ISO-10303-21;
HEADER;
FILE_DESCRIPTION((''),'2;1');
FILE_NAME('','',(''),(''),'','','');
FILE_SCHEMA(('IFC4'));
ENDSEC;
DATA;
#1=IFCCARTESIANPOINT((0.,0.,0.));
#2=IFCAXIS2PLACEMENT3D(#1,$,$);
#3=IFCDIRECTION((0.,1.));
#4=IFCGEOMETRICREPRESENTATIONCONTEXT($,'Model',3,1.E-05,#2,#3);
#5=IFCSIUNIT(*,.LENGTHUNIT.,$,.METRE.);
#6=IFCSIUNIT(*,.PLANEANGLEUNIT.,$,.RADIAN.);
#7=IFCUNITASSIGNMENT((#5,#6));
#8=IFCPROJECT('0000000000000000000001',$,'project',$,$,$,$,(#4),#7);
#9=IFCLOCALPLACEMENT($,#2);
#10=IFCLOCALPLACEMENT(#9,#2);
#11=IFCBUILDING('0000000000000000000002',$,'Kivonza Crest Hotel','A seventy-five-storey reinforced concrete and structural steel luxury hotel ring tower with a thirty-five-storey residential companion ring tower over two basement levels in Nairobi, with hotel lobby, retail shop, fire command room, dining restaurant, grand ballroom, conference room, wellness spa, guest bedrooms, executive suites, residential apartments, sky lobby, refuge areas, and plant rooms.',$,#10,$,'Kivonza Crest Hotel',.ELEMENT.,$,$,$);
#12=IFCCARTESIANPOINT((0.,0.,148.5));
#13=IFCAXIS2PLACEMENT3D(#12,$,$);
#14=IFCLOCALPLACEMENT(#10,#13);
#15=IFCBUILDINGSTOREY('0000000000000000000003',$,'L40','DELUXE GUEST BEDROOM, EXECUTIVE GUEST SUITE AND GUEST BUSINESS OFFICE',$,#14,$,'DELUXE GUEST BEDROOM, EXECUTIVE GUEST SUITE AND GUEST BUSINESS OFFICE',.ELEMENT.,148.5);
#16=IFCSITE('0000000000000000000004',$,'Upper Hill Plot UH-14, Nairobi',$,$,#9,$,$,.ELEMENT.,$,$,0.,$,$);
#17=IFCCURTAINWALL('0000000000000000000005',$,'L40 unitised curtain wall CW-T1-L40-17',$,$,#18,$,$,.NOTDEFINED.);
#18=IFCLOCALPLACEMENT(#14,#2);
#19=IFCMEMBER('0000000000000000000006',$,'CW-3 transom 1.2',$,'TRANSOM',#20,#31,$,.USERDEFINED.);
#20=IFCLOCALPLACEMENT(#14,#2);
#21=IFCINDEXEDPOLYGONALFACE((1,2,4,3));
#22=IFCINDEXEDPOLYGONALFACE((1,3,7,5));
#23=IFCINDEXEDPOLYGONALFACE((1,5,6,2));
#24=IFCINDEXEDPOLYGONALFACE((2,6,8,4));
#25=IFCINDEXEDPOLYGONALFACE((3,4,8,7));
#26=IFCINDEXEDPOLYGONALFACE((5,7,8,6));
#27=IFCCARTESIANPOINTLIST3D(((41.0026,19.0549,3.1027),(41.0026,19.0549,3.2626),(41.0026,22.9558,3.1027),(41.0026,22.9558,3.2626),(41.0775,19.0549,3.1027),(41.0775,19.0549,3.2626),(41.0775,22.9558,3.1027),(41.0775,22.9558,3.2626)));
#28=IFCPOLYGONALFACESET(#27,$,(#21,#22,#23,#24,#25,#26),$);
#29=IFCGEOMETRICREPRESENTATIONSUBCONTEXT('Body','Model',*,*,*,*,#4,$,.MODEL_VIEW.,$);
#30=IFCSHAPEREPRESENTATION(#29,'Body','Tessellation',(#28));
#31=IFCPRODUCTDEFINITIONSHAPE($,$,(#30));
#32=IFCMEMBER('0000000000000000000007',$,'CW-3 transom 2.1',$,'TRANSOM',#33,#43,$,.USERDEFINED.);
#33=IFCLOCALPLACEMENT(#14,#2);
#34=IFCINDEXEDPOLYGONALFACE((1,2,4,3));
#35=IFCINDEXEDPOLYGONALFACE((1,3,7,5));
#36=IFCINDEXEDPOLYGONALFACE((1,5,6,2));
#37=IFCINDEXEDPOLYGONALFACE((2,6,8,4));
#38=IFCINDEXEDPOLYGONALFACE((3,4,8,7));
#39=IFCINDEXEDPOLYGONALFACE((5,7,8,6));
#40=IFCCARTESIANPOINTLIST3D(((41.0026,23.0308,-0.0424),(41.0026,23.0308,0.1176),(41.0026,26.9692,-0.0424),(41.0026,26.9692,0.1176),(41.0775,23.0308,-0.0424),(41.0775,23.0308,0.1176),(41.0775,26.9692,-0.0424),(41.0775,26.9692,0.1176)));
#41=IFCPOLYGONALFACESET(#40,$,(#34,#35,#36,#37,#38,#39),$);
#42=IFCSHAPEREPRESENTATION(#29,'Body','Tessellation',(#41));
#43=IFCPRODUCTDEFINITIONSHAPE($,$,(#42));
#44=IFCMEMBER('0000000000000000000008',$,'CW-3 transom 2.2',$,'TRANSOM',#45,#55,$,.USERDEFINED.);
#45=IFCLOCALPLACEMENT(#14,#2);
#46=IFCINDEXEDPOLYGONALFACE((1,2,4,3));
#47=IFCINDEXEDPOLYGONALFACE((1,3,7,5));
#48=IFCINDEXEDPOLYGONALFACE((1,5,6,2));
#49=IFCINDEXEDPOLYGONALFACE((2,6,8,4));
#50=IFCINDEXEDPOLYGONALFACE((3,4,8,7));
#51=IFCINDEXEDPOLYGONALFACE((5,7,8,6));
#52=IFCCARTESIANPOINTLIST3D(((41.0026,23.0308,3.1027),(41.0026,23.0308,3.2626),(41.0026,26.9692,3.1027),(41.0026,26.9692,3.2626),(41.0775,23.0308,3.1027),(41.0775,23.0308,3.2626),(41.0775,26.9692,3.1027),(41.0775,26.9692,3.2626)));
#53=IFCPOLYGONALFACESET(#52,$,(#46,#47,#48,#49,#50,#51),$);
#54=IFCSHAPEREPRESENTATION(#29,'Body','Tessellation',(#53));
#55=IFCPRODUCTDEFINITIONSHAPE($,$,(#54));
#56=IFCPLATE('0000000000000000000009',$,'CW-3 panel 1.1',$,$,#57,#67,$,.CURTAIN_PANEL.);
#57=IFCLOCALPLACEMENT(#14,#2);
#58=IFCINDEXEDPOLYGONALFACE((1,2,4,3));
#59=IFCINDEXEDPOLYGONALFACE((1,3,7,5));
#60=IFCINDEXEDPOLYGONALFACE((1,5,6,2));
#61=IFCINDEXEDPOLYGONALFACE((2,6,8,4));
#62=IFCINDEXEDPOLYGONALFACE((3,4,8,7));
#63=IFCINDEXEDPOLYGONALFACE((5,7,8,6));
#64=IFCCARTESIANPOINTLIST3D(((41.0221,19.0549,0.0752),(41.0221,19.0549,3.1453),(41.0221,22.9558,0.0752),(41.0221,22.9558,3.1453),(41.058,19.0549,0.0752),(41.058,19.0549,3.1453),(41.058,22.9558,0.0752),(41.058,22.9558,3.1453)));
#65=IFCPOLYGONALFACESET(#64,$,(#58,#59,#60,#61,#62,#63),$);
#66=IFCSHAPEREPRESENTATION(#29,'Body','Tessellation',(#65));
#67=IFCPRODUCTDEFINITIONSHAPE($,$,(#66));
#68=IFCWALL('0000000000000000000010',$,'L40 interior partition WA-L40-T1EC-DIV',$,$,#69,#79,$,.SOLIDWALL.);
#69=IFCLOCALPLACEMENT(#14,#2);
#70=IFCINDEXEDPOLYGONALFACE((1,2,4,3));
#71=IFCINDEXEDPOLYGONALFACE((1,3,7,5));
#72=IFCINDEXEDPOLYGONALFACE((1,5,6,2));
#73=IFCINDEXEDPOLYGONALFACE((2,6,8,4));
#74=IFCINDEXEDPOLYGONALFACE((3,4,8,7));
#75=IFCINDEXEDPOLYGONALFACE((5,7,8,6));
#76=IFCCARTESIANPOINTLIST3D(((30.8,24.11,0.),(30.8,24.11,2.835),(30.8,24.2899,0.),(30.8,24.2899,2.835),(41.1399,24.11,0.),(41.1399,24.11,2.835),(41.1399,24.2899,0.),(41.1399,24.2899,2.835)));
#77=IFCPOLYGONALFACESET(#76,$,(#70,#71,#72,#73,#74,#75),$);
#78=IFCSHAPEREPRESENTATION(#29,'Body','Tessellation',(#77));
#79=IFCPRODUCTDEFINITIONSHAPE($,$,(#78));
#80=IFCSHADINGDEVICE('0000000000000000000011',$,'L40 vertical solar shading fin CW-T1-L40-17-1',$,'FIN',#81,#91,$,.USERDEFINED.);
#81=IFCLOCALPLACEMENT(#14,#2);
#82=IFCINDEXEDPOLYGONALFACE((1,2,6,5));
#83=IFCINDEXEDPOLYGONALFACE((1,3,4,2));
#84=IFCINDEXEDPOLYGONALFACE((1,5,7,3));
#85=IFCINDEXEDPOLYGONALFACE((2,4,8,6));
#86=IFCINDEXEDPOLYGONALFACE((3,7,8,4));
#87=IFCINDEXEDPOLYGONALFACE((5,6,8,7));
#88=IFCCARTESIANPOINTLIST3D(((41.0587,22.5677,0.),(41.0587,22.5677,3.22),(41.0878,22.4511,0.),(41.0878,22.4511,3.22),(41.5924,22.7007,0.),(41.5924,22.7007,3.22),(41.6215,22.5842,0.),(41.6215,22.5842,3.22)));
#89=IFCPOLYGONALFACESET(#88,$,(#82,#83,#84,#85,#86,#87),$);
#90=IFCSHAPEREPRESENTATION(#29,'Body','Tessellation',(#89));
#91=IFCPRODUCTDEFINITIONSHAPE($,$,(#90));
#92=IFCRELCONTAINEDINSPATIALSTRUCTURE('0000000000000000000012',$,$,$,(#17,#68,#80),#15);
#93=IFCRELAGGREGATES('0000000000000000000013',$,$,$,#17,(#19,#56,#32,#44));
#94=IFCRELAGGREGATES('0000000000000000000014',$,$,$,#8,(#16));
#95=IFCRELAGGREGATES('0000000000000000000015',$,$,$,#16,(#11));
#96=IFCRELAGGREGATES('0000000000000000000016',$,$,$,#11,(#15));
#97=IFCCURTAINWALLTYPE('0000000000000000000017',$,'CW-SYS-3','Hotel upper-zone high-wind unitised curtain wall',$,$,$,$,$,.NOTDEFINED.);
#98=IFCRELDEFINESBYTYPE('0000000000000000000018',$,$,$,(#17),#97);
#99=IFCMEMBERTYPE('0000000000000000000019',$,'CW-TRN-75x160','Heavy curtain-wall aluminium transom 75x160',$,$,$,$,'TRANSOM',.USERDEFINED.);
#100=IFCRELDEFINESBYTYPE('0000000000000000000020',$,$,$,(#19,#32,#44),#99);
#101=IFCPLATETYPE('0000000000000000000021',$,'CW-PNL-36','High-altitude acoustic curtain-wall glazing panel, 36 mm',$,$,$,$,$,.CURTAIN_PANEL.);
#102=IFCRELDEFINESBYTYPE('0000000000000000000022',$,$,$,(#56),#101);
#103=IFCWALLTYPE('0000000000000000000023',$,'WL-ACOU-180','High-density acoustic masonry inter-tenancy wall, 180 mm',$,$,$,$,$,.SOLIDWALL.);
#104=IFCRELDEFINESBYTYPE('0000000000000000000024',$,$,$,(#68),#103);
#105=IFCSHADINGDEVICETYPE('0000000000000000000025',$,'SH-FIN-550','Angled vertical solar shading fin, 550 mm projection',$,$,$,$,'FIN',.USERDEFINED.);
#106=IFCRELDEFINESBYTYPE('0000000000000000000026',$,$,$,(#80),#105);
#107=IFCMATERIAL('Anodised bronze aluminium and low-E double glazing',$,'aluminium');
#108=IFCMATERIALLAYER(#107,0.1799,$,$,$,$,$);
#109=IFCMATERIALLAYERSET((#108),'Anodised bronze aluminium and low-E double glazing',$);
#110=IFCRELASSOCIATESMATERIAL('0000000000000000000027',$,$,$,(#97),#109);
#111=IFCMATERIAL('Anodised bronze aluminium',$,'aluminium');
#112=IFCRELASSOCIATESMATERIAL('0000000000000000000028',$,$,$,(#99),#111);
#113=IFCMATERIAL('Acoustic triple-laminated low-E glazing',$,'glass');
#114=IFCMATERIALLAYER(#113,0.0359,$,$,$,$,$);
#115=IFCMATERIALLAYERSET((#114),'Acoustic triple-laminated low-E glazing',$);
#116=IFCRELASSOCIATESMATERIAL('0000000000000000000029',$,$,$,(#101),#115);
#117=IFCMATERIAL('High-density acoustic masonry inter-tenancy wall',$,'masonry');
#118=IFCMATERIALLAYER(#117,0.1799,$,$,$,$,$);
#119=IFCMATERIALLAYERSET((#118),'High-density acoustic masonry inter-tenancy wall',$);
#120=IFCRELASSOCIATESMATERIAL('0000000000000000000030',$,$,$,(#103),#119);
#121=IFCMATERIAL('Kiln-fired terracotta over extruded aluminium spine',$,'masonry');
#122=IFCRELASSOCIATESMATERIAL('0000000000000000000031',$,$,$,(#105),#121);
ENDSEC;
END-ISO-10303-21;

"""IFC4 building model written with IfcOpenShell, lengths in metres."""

from ifc_helpers import new_model, si_unit, direction, frame, frame_2d, origin, origin_2d, place, context, subcontext, project, spatial, rectangle, extrude, material, layer, layer_set, material_profile, profile_set, type_object, element, aggregate, save


model = new_model("IFC4")

# Units and contexts
model_context = context("Model", 3, precision=1e-05, world=origin(), true_north=direction((0.0, 1.0)))
body_context = subcontext(model_context, "Body", "Model", "MODEL_VIEW")
ifc_project = project(units=[si_unit("LENGTHUNIT", "METRE"), si_unit("PLANEANGLEUNIT", "RADIAN")], contexts=[model_context])

# Site, building, storey
site_placement = place(None, origin())
site = spatial("IfcSite", under=ifc_project, at=site_placement, Name="Upper Hill Plot UH-14, Nairobi", CompositionType="ELEMENT", RefElevation=0.0)
building_placement = place(site_placement, origin())
building = spatial("IfcBuilding", under=site, at=building_placement, Name="Kivonza Crest Hotel", Description="A seventy-five-storey reinforced concrete and structural steel luxury hotel ring tower with a thirty-five-storey residential companion ring tower over two basement levels in Nairobi, with hotel lobby, retail shop, fire command room, dining restaurant, grand ballroom, conference room, wellness spa, guest bedrooms, executive suites, residential apartments, sky lobby, refuge areas, and plant rooms.", LongName="Kivonza Crest Hotel", CompositionType="ELEMENT")
storey_placement = place(building_placement, frame((0.0, 0.0, 148.5)))
storey = spatial("IfcBuildingStorey", under=building, at=storey_placement, Name="L40", Description="DELUXE GUEST BEDROOM, EXECUTIVE GUEST SUITE AND GUEST BUSINESS OFFICE", LongName="DELUXE GUEST BEDROOM, EXECUTIVE GUEST SUITE AND GUEST BUSINESS OFFICE", CompositionType="ELEMENT", Elevation=148.5)

# Curtain wall, members, plate
ifc_material_1 = material(Name="Anodised bronze aluminium and low-E double glazing", Category="aluminium")
ifc_layer_1 = layer(ifc_material_1, 0.1799)
ifc_layer_set_1 = layer_set([ifc_layer_1], Name="Anodised bronze aluminium and low-E double glazing")
curtain_wall_type = type_object("IfcCurtainWallType", Name="CW-SYS-3", Description="Hotel upper-zone high-wind unitised curtain wall", PredefinedType="NOTDEFINED", material=ifc_layer_set_1)
curtain_wall_placement = place(storey_placement, origin())
curtain_wall = element("IfcCurtainWall", 1, at=curtain_wall_placement, inside=storey, type_object=curtain_wall_type, Name="L40 unitised curtain wall CW-T1-L40-17", PredefinedType="NOTDEFINED")
ifc_material_2 = material(Name="Anodised bronze aluminium", Category="aluminium")
ifc_material_profile_1 = material_profile(ifc_material_2, rectangle(XDim=0.075, YDim=0.1599, at=origin_2d()), Name="CW-T 75x160")
ifc_profile_set_1 = profile_set([ifc_material_profile_1], Name="Anodised bronze aluminium")
member_type_1 = type_object("IfcMemberType", Name="CW-TRN-75x160", Description="Heavy curtain-wall aluminium transom 75x160", ElementType="TRANSOM", PredefinedType="USERDEFINED", material=ifc_profile_set_1)
member_1_placement = place(storey_placement, frame((41.04, 19.0549, 3.1826), z_axis=(0.0, 1.0, 0.0), x_axis=(-1.0, 0.0, 0.0)))
member_1 = element("IfcMember", 2, at=member_1_placement, type_object=member_type_1, Name="CW-3 transom 1.2", ObjectType="TRANSOM", PredefinedType="USERDEFINED", context=body_context, shape_type="SweptSolid", body=[
    extrude(rectangle(XDim=0.075, YDim=0.1599, at=origin_2d()), origin(), (0.0, 0.0, 1.0), 3.9009),
])
member_2_placement = place(storey_placement, frame((41.04, 23.0308, 0.0376), z_axis=(0.0, 1.0, 0.0), x_axis=(-1.0, 0.0, 0.0)))
member_2 = element("IfcMember", 3, at=member_2_placement, type_object=member_type_1, Name="CW-3 transom 2.1", ObjectType="TRANSOM", PredefinedType="USERDEFINED", context=body_context, shape_type="SweptSolid", body=[
    extrude(rectangle(XDim=0.075, YDim=0.1599, at=origin_2d()), origin(), (0.0, 0.0, 1.0), 3.9385),
])
member_3_placement = place(storey_placement, frame((41.04, 23.0308, 3.1826), z_axis=(0.0, 1.0, 0.0), x_axis=(-1.0, 0.0, 0.0)))
member_3 = element("IfcMember", 4, at=member_3_placement, type_object=member_type_1, Name="CW-3 transom 2.2", ObjectType="TRANSOM", PredefinedType="USERDEFINED", context=body_context, shape_type="SweptSolid", body=[
    extrude(rectangle(XDim=0.075, YDim=0.1599, at=origin_2d()), origin(), (0.0, 0.0, 1.0), 3.9385),
])
ifc_material_3 = material(Name="Acoustic triple-laminated low-E glazing", Category="glass")
ifc_layer_2 = layer(ifc_material_3, 0.0359)
ifc_layer_set_2 = layer_set([ifc_layer_2], Name="Acoustic triple-laminated low-E glazing")
plate_type = type_object("IfcPlateType", Name="CW-PNL-36", Description="High-altitude acoustic curtain-wall glazing panel, 36 mm", PredefinedType="CURTAIN_PANEL", material=ifc_layer_set_2)
plate_placement = place(storey_placement, frame((41.04, 21.0054, 0.0752), z_axis=(0.0, 0.0, 1.0), x_axis=(0.0, 1.0, 0.0)))
plate = element("IfcPlate", 5, at=plate_placement, type_object=plate_type, Name="CW-3 panel 1.1", PredefinedType="CURTAIN_PANEL", context=body_context, shape_type="SweptSolid", body=[
    extrude(rectangle(XDim=3.9009, YDim=0.0359, at=origin_2d()), origin(), (0.0, 0.0, 1.0), 3.0701),
])
aggregate(curtain_wall, [member_1, plate, member_2, member_3])

# Wall
ifc_material_4 = material(Name="High-density acoustic masonry inter-tenancy wall", Category="masonry")
ifc_layer_3 = layer(ifc_material_4, 0.1799)
ifc_layer_set_3 = layer_set([ifc_layer_3], Name="High-density acoustic masonry inter-tenancy wall")
wall_type = type_object("IfcWallType", Name="WL-ACOU-180", Description="High-density acoustic masonry inter-tenancy wall, 180 mm", PredefinedType="SOLIDWALL", material=ifc_layer_set_3)
wall_placement = place(storey_placement, frame((30.8, 24.2, 0.0), z_axis=(0.0, 0.0, 1.0), x_axis=(1.0, 0.0, 0.0)))
element("IfcWall", 6, at=wall_placement, inside=storey, type_object=wall_type, Name="L40 interior partition WA-L40-T1EC-DIV", PredefinedType="SOLIDWALL", context=body_context, shape_type="SweptSolid", body=[
    extrude(rectangle(XDim=10.3398, YDim=0.1799, at=frame_2d((5.1699, 0.0))), origin(), (0.0, 0.0, 1.0), 2.835),
])

# Shading device
ifc_material_5 = material(Name="Kiln-fired terracotta over extruded aluminium spine", Category="masonry")
shading_device_type = type_object("IfcShadingDeviceType", Name="SH-FIN-550", Description="Angled vertical solar shading fin, 550 mm projection", ElementType="FIN", PredefinedType="USERDEFINED", material=ifc_material_5)
shading_device_placement = place(storey_placement, frame((41.3401, 22.5759, 0.0), z_axis=(0.0, 0.0, 1.0), x_axis=(-0.241922, 0.970296, 0.0)))
element("IfcShadingDevice", 7, at=shading_device_placement, inside=storey, type_object=shading_device_type, Name="L40 vertical solar shading fin CW-T1-L40-17-1", ObjectType="FIN", PredefinedType="USERDEFINED", context=body_context, shape_type="SweptSolid", body=[
    extrude(rectangle(XDim=0.1201, YDim=0.55, at=origin_2d()), origin(), (0.0, 0.0, 1.0), 3.22),
])

save(model, "model.ifc")
